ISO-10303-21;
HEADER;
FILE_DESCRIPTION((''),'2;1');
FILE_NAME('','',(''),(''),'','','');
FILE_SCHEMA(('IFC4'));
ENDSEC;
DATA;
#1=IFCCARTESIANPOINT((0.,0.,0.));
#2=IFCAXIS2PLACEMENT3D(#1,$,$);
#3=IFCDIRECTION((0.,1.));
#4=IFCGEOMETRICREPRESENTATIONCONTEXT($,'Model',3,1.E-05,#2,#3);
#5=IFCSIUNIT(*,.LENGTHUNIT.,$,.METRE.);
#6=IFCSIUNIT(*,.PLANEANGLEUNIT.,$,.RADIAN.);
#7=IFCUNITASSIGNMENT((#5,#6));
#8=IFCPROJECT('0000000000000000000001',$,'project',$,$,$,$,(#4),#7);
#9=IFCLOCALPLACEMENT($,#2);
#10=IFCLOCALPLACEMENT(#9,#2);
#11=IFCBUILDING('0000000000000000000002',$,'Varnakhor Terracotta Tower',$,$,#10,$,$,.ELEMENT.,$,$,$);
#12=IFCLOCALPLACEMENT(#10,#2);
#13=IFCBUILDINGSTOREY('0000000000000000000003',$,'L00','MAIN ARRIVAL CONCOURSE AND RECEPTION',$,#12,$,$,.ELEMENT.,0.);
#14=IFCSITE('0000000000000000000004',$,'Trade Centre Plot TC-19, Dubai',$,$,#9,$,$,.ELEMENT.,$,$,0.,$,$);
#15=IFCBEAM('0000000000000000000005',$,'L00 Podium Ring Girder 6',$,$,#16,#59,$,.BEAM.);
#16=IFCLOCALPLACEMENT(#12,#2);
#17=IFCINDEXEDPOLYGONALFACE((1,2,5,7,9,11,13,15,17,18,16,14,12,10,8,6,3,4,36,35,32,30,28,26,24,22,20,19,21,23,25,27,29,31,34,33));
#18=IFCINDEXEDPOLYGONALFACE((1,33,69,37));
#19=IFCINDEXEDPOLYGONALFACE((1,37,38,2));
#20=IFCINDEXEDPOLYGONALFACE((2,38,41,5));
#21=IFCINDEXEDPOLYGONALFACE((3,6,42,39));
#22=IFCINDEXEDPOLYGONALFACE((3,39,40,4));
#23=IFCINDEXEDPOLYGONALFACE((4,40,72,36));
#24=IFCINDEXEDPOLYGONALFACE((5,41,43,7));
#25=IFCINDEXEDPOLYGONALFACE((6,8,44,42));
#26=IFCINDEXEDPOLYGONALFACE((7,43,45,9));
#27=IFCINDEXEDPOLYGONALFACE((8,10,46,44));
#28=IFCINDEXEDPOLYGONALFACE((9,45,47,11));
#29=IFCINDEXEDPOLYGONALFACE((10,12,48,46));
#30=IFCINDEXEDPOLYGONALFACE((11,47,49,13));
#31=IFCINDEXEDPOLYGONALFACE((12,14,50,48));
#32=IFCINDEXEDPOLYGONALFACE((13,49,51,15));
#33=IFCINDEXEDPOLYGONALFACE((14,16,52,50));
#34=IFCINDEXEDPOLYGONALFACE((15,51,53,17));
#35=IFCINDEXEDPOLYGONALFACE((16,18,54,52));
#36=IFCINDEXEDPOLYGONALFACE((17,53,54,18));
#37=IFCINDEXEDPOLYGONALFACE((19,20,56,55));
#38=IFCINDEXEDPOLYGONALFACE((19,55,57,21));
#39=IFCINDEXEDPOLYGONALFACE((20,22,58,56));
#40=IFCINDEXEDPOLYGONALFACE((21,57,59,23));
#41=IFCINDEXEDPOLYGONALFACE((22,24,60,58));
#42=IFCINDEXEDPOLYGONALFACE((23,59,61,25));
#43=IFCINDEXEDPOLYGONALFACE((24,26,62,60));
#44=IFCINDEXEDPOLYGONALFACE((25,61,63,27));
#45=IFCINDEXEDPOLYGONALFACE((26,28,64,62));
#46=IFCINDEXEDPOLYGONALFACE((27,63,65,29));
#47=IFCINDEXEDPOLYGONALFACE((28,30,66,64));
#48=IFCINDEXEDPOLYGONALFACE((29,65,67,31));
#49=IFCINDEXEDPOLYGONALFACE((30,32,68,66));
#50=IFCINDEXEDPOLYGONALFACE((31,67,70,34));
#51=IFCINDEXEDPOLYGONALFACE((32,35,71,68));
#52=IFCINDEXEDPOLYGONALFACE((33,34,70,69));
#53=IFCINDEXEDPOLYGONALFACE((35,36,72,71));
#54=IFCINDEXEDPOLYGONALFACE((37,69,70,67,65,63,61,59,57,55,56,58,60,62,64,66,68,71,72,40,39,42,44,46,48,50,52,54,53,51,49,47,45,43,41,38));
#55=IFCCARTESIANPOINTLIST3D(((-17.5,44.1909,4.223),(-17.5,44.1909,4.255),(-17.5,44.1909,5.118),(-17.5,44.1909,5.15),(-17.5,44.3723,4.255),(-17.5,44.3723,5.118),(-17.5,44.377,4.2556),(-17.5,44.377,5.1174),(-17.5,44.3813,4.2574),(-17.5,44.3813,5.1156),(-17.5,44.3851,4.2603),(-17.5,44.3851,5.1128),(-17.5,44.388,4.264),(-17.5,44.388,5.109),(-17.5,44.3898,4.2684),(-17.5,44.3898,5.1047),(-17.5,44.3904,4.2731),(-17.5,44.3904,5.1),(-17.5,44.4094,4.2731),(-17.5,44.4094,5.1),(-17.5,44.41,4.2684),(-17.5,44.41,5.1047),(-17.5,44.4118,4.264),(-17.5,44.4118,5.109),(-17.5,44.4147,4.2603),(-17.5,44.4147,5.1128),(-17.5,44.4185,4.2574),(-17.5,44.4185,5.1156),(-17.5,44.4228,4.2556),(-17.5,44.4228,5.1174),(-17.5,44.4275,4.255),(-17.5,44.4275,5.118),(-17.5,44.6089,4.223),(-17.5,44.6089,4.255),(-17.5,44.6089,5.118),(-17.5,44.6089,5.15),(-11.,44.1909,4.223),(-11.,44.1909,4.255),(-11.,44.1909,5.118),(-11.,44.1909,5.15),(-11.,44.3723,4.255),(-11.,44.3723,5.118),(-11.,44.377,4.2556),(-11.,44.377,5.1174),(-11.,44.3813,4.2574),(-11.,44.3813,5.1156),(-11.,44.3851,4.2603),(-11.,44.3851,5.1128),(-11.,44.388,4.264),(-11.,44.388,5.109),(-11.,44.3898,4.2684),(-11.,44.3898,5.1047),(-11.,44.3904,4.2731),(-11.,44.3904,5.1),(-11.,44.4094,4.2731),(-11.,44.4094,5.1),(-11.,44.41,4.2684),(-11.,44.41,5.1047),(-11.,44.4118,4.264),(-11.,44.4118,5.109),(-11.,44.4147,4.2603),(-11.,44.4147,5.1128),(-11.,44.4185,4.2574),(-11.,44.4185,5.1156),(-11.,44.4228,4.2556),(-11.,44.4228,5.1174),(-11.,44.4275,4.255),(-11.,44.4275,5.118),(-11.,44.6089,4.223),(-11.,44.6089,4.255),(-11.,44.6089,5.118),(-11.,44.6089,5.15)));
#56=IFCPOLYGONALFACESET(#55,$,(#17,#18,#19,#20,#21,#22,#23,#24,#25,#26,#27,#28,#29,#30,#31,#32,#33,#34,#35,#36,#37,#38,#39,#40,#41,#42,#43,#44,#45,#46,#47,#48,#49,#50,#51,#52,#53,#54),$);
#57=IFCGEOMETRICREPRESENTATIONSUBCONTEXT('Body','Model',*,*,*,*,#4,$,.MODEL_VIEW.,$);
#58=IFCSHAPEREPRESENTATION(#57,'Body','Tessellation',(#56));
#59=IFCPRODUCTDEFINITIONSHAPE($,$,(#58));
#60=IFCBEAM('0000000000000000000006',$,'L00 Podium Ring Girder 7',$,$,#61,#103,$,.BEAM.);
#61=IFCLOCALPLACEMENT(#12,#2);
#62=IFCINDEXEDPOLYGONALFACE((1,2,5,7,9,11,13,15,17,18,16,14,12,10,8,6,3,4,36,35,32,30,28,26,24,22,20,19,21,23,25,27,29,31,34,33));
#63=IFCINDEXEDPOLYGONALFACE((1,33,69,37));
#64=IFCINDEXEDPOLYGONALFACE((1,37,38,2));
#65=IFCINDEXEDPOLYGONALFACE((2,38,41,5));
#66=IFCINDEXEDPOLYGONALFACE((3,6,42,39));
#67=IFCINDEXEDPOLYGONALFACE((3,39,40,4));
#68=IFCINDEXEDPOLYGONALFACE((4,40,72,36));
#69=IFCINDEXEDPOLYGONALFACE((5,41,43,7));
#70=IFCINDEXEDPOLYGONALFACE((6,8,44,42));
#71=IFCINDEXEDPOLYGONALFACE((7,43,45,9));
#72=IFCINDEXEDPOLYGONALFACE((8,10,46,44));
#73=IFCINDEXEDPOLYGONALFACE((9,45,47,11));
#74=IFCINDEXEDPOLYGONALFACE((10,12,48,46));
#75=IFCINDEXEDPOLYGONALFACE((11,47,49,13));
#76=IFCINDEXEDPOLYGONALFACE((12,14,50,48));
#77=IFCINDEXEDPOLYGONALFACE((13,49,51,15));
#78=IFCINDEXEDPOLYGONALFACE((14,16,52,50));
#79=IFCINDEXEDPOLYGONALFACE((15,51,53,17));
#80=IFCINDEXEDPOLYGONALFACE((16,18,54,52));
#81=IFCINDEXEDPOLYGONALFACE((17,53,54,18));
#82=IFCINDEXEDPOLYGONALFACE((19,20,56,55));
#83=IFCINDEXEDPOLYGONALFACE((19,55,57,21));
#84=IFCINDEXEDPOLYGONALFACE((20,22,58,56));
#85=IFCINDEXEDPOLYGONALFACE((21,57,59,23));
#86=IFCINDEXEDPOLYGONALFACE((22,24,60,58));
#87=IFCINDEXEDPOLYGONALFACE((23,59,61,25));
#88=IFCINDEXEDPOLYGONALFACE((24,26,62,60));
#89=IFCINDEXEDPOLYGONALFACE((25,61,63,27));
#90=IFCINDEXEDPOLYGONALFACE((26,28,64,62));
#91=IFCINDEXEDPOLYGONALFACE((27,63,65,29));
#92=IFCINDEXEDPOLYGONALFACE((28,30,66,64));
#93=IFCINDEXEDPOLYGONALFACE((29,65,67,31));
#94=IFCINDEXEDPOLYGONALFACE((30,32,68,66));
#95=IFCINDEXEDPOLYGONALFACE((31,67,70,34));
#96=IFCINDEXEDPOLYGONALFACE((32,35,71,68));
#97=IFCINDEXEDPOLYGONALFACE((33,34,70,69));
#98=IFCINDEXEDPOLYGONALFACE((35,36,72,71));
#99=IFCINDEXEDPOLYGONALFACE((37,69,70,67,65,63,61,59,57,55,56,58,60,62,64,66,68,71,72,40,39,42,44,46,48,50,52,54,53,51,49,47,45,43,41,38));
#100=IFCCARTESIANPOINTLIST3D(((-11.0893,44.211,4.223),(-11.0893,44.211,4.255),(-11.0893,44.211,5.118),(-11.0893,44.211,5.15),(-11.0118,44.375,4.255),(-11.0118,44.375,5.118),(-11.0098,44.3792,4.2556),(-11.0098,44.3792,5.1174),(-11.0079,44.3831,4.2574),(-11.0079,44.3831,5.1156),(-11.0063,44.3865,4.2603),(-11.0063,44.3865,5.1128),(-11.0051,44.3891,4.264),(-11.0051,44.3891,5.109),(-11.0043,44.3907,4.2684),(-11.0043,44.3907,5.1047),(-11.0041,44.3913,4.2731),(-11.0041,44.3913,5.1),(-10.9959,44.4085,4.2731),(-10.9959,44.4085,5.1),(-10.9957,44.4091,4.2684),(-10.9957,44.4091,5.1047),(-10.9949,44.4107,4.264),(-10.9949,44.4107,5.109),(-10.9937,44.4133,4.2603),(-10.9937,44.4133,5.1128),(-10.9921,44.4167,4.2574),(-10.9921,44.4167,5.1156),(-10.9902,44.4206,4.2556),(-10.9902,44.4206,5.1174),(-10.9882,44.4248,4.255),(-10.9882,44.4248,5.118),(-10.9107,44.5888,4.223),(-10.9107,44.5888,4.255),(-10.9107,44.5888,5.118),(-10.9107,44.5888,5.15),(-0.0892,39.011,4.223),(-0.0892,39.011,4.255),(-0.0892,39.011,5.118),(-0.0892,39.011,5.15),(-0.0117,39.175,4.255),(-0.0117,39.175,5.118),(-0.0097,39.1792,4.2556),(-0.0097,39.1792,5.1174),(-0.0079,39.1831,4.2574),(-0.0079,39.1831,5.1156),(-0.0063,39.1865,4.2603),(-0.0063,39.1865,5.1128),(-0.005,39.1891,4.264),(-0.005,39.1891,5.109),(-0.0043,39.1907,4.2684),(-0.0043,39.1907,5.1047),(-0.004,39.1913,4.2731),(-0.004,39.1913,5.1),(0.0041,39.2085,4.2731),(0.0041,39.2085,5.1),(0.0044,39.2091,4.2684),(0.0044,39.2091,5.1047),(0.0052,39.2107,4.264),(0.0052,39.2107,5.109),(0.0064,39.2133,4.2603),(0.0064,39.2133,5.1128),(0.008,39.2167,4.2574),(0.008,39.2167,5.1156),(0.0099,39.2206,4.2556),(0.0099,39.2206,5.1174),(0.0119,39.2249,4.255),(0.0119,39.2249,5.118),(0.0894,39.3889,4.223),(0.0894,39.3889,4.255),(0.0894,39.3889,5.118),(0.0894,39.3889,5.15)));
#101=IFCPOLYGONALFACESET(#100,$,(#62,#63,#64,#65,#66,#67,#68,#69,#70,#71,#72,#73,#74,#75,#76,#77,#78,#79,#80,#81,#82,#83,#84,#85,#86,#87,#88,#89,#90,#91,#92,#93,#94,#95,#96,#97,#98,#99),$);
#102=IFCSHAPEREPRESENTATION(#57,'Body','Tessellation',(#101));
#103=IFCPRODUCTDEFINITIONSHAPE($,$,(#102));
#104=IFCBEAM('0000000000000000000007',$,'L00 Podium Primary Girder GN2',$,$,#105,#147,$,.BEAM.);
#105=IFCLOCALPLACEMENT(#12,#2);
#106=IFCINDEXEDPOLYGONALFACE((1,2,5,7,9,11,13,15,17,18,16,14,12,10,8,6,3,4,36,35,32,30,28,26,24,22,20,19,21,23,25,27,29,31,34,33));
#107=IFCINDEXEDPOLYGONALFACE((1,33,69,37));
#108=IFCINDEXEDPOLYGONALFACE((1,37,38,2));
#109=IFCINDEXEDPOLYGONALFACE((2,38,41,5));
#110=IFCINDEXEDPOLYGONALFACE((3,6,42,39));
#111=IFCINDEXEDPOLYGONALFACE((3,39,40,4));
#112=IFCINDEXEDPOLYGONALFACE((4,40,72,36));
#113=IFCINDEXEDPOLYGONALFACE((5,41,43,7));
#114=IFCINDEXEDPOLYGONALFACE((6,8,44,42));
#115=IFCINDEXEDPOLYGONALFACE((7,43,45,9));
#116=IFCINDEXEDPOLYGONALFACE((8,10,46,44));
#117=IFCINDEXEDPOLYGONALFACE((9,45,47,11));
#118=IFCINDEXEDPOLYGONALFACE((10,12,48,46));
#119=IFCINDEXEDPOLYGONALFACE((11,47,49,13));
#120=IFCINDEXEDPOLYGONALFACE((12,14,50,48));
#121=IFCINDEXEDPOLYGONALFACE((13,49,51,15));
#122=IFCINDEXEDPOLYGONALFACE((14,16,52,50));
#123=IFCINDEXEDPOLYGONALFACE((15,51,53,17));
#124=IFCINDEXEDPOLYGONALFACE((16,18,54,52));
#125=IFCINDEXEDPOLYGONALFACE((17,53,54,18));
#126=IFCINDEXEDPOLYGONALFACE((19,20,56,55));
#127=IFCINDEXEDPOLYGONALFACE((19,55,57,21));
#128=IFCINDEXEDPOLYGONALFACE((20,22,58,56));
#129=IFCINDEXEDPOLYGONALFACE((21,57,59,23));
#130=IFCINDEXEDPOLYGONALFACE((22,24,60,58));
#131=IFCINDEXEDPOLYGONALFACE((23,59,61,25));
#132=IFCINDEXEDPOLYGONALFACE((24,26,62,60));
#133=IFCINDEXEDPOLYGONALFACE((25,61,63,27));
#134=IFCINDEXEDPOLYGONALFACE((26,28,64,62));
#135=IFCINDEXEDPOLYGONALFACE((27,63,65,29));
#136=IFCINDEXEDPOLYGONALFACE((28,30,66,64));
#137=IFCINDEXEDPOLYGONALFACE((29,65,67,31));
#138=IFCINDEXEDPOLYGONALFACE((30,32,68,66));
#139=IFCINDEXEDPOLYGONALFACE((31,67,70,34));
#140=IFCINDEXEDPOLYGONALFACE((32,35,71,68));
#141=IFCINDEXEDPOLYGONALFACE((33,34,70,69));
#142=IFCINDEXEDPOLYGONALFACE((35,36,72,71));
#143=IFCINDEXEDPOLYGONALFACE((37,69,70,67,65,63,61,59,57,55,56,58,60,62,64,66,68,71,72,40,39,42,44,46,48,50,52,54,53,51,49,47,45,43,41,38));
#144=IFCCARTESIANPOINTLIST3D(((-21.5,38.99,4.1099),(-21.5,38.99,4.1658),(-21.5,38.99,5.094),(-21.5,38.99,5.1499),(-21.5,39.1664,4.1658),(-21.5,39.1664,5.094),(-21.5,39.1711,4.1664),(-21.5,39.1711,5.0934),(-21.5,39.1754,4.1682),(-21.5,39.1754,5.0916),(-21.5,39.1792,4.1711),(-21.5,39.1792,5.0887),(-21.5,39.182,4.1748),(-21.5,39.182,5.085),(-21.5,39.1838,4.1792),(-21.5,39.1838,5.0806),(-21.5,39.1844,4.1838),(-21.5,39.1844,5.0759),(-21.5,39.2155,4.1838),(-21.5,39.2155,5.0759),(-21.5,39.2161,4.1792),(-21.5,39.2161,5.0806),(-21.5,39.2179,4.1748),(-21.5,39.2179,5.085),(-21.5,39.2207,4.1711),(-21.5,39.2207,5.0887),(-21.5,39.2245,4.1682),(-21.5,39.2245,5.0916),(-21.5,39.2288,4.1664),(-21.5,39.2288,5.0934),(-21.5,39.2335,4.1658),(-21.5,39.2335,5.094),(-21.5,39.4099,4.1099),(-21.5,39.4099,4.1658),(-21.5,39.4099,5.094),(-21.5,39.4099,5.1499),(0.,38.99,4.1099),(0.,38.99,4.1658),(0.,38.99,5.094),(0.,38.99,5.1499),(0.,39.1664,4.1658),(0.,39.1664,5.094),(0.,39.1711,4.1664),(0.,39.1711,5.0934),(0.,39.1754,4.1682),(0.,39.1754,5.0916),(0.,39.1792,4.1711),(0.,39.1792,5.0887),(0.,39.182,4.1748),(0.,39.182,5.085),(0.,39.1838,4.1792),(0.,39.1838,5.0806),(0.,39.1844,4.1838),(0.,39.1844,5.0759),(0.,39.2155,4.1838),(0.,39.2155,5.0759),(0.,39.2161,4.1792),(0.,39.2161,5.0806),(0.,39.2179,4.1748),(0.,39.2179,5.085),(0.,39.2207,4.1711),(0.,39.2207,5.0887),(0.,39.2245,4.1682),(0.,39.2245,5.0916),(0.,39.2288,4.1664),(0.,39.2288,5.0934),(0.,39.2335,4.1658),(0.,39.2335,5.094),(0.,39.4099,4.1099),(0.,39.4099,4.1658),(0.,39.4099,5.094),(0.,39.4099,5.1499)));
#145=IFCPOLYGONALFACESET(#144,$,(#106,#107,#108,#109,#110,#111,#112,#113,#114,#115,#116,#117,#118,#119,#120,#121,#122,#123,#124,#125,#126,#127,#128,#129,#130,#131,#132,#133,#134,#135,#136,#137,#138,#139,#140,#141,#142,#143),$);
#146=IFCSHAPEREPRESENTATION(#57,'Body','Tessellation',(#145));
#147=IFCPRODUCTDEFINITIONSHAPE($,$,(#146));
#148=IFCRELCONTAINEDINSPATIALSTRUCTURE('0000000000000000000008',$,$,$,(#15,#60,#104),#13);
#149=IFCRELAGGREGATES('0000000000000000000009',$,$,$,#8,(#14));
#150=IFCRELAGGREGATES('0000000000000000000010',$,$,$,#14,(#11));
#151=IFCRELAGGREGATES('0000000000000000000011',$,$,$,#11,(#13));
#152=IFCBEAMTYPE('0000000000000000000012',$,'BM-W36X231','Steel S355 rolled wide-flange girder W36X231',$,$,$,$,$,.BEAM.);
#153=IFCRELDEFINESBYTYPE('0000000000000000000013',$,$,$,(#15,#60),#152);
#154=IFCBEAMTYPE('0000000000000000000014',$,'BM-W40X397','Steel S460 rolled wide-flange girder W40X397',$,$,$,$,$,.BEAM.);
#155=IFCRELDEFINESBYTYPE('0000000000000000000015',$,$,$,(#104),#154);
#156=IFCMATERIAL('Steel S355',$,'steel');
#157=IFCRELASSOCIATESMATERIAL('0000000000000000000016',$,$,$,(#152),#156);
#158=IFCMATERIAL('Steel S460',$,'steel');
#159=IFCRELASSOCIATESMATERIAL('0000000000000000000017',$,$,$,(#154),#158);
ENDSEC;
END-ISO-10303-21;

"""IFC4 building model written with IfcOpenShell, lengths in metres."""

from ifc_helpers import new_model, si_unit, direction, frame, origin, origin_2d, place, context, subcontext, project, spatial, i_section, extrude, source, transform, mapped, material, material_profile, profile_set, type_object, element, save


model = new_model("IFC4")

# Units and contexts
model_context = context("Model", 3, precision=1e-05, world=origin(), true_north=direction((0.0, 1.0)))
body_context = subcontext(model_context, "Body", "Model", "MODEL_VIEW")
ifc_project = project(units=[si_unit("LENGTHUNIT", "METRE"), si_unit("PLANEANGLEUNIT", "RADIAN")], contexts=[model_context])

# Site, building, storey
site_placement = place(None, origin())
site = spatial("IfcSite", under=ifc_project, at=site_placement, Name="Trade Centre Plot TC-19, Dubai", CompositionType="ELEMENT", RefElevation=0.0)
building_placement = place(site_placement, origin())
building = spatial("IfcBuilding", under=site, at=building_placement, Name="Varnakhor Terracotta Tower", CompositionType="ELEMENT")
storey_placement = place(building_placement, origin())
storey = spatial("IfcBuildingStorey", under=building, at=storey_placement, Name="L00", Description="MAIN ARRIVAL CONCOURSE AND RECEPTION", CompositionType="ELEMENT", Elevation=0.0)

# Shared definitions
ifc_material_1 = material(Name="Steel S355", Category="steel")

# Beams
ifc_material_profile_1 = material_profile(ifc_material_1, i_section(OverallWidth=0.418, OverallDepth=0.927, WebThickness=0.019, FlangeThickness=0.032, FilletRadius=0.0181, at=origin_2d()), Name="W36X231")
ifc_profile_set_1 = profile_set([ifc_material_profile_1], Name="Steel S355")
beam_type_1 = type_object("IfcBeamType", Name="BM-W36X231", Description="Steel S355 rolled wide-flange girder W36X231", PredefinedType="BEAM", material=ifc_profile_set_1)
shared_shape_1 = source(origin(), body_context, "Body", "SweptSolid", [
    extrude(i_section(OverallWidth=0.418, OverallDepth=0.927, WebThickness=0.019, FlangeThickness=0.032, FilletRadius=0.0181, at=origin_2d()), origin(), (0.0, 0.0, 1.0), 6.5),
])
beam_1_placement = place(storey_placement, frame((-17.5, 44.3999, 4.6865), z_axis=(1.0, 0.0, 0.0), x_axis=(0.0, 1.0, 0.0)))
element("IfcBeam", 1, at=beam_1_placement, inside=storey, type_object=beam_type_1, Name="L00 Podium Ring Girder 6", PredefinedType="BEAM", context=body_context, shape_type="MappedRepresentation", body=[
    mapped(shared_shape_1, transform((0.0, 0.0, 0.0), scale=1.0)),
])
shared_shape_2 = source(origin(), body_context, "Body", "SweptSolid", [
    extrude(i_section(OverallWidth=0.418, OverallDepth=0.927, WebThickness=0.019, FlangeThickness=0.032, FilletRadius=0.0181, at=origin_2d()), origin(), (0.0, 0.0, 1.0), 12.1672),
])
beam_2_placement = place(storey_placement, frame((-11.0, 44.3999, 4.6865), z_axis=(0.904074, -0.427376, 0.0), x_axis=(0.427376, 0.904074, 0.0)))
element("IfcBeam", 2, at=beam_2_placement, inside=storey, type_object=beam_type_1, Name="L00 Podium Ring Girder 7", PredefinedType="BEAM", context=body_context, shape_type="MappedRepresentation", body=[
    mapped(shared_shape_2, transform((0.0, 0.0, 0.0), scale=1.0)),
])
ifc_material_2 = material(Name="Steel S460", Category="steel")
ifc_material_profile_2 = material_profile(ifc_material_2, i_section(OverallWidth=0.4199, OverallDepth=1.04, WebThickness=0.031, FlangeThickness=0.0559, FilletRadius=0.0181, at=origin_2d()), Name="W40X397")
ifc_profile_set_2 = profile_set([ifc_material_profile_2], Name="Steel S460")
beam_type_2 = type_object("IfcBeamType", Name="BM-W40X397", Description="Steel S460 rolled wide-flange girder W40X397", PredefinedType="BEAM", material=ifc_profile_set_2)
shared_shape_3 = source(origin(), body_context, "Body", "SweptSolid", [
    extrude(i_section(OverallWidth=0.4199, OverallDepth=1.04, WebThickness=0.031, FlangeThickness=0.0559, FilletRadius=0.0181, at=origin_2d()), origin(), (0.0, 0.0, 1.0), 21.5),
])
beam_3_placement = place(storey_placement, frame((-21.5, 39.2, 4.6299), z_axis=(1.0, 0.0, 0.0), x_axis=(0.0, 1.0, 0.0)))
element("IfcBeam", 3, at=beam_3_placement, inside=storey, type_object=beam_type_2, Name="L00 Podium Primary Girder GN2", PredefinedType="BEAM", context=body_context, shape_type="MappedRepresentation", body=[
    mapped(shared_shape_3, transform((0.0, 0.0, 0.0), scale=1.0)),
])

save(model, "model.ifc")
